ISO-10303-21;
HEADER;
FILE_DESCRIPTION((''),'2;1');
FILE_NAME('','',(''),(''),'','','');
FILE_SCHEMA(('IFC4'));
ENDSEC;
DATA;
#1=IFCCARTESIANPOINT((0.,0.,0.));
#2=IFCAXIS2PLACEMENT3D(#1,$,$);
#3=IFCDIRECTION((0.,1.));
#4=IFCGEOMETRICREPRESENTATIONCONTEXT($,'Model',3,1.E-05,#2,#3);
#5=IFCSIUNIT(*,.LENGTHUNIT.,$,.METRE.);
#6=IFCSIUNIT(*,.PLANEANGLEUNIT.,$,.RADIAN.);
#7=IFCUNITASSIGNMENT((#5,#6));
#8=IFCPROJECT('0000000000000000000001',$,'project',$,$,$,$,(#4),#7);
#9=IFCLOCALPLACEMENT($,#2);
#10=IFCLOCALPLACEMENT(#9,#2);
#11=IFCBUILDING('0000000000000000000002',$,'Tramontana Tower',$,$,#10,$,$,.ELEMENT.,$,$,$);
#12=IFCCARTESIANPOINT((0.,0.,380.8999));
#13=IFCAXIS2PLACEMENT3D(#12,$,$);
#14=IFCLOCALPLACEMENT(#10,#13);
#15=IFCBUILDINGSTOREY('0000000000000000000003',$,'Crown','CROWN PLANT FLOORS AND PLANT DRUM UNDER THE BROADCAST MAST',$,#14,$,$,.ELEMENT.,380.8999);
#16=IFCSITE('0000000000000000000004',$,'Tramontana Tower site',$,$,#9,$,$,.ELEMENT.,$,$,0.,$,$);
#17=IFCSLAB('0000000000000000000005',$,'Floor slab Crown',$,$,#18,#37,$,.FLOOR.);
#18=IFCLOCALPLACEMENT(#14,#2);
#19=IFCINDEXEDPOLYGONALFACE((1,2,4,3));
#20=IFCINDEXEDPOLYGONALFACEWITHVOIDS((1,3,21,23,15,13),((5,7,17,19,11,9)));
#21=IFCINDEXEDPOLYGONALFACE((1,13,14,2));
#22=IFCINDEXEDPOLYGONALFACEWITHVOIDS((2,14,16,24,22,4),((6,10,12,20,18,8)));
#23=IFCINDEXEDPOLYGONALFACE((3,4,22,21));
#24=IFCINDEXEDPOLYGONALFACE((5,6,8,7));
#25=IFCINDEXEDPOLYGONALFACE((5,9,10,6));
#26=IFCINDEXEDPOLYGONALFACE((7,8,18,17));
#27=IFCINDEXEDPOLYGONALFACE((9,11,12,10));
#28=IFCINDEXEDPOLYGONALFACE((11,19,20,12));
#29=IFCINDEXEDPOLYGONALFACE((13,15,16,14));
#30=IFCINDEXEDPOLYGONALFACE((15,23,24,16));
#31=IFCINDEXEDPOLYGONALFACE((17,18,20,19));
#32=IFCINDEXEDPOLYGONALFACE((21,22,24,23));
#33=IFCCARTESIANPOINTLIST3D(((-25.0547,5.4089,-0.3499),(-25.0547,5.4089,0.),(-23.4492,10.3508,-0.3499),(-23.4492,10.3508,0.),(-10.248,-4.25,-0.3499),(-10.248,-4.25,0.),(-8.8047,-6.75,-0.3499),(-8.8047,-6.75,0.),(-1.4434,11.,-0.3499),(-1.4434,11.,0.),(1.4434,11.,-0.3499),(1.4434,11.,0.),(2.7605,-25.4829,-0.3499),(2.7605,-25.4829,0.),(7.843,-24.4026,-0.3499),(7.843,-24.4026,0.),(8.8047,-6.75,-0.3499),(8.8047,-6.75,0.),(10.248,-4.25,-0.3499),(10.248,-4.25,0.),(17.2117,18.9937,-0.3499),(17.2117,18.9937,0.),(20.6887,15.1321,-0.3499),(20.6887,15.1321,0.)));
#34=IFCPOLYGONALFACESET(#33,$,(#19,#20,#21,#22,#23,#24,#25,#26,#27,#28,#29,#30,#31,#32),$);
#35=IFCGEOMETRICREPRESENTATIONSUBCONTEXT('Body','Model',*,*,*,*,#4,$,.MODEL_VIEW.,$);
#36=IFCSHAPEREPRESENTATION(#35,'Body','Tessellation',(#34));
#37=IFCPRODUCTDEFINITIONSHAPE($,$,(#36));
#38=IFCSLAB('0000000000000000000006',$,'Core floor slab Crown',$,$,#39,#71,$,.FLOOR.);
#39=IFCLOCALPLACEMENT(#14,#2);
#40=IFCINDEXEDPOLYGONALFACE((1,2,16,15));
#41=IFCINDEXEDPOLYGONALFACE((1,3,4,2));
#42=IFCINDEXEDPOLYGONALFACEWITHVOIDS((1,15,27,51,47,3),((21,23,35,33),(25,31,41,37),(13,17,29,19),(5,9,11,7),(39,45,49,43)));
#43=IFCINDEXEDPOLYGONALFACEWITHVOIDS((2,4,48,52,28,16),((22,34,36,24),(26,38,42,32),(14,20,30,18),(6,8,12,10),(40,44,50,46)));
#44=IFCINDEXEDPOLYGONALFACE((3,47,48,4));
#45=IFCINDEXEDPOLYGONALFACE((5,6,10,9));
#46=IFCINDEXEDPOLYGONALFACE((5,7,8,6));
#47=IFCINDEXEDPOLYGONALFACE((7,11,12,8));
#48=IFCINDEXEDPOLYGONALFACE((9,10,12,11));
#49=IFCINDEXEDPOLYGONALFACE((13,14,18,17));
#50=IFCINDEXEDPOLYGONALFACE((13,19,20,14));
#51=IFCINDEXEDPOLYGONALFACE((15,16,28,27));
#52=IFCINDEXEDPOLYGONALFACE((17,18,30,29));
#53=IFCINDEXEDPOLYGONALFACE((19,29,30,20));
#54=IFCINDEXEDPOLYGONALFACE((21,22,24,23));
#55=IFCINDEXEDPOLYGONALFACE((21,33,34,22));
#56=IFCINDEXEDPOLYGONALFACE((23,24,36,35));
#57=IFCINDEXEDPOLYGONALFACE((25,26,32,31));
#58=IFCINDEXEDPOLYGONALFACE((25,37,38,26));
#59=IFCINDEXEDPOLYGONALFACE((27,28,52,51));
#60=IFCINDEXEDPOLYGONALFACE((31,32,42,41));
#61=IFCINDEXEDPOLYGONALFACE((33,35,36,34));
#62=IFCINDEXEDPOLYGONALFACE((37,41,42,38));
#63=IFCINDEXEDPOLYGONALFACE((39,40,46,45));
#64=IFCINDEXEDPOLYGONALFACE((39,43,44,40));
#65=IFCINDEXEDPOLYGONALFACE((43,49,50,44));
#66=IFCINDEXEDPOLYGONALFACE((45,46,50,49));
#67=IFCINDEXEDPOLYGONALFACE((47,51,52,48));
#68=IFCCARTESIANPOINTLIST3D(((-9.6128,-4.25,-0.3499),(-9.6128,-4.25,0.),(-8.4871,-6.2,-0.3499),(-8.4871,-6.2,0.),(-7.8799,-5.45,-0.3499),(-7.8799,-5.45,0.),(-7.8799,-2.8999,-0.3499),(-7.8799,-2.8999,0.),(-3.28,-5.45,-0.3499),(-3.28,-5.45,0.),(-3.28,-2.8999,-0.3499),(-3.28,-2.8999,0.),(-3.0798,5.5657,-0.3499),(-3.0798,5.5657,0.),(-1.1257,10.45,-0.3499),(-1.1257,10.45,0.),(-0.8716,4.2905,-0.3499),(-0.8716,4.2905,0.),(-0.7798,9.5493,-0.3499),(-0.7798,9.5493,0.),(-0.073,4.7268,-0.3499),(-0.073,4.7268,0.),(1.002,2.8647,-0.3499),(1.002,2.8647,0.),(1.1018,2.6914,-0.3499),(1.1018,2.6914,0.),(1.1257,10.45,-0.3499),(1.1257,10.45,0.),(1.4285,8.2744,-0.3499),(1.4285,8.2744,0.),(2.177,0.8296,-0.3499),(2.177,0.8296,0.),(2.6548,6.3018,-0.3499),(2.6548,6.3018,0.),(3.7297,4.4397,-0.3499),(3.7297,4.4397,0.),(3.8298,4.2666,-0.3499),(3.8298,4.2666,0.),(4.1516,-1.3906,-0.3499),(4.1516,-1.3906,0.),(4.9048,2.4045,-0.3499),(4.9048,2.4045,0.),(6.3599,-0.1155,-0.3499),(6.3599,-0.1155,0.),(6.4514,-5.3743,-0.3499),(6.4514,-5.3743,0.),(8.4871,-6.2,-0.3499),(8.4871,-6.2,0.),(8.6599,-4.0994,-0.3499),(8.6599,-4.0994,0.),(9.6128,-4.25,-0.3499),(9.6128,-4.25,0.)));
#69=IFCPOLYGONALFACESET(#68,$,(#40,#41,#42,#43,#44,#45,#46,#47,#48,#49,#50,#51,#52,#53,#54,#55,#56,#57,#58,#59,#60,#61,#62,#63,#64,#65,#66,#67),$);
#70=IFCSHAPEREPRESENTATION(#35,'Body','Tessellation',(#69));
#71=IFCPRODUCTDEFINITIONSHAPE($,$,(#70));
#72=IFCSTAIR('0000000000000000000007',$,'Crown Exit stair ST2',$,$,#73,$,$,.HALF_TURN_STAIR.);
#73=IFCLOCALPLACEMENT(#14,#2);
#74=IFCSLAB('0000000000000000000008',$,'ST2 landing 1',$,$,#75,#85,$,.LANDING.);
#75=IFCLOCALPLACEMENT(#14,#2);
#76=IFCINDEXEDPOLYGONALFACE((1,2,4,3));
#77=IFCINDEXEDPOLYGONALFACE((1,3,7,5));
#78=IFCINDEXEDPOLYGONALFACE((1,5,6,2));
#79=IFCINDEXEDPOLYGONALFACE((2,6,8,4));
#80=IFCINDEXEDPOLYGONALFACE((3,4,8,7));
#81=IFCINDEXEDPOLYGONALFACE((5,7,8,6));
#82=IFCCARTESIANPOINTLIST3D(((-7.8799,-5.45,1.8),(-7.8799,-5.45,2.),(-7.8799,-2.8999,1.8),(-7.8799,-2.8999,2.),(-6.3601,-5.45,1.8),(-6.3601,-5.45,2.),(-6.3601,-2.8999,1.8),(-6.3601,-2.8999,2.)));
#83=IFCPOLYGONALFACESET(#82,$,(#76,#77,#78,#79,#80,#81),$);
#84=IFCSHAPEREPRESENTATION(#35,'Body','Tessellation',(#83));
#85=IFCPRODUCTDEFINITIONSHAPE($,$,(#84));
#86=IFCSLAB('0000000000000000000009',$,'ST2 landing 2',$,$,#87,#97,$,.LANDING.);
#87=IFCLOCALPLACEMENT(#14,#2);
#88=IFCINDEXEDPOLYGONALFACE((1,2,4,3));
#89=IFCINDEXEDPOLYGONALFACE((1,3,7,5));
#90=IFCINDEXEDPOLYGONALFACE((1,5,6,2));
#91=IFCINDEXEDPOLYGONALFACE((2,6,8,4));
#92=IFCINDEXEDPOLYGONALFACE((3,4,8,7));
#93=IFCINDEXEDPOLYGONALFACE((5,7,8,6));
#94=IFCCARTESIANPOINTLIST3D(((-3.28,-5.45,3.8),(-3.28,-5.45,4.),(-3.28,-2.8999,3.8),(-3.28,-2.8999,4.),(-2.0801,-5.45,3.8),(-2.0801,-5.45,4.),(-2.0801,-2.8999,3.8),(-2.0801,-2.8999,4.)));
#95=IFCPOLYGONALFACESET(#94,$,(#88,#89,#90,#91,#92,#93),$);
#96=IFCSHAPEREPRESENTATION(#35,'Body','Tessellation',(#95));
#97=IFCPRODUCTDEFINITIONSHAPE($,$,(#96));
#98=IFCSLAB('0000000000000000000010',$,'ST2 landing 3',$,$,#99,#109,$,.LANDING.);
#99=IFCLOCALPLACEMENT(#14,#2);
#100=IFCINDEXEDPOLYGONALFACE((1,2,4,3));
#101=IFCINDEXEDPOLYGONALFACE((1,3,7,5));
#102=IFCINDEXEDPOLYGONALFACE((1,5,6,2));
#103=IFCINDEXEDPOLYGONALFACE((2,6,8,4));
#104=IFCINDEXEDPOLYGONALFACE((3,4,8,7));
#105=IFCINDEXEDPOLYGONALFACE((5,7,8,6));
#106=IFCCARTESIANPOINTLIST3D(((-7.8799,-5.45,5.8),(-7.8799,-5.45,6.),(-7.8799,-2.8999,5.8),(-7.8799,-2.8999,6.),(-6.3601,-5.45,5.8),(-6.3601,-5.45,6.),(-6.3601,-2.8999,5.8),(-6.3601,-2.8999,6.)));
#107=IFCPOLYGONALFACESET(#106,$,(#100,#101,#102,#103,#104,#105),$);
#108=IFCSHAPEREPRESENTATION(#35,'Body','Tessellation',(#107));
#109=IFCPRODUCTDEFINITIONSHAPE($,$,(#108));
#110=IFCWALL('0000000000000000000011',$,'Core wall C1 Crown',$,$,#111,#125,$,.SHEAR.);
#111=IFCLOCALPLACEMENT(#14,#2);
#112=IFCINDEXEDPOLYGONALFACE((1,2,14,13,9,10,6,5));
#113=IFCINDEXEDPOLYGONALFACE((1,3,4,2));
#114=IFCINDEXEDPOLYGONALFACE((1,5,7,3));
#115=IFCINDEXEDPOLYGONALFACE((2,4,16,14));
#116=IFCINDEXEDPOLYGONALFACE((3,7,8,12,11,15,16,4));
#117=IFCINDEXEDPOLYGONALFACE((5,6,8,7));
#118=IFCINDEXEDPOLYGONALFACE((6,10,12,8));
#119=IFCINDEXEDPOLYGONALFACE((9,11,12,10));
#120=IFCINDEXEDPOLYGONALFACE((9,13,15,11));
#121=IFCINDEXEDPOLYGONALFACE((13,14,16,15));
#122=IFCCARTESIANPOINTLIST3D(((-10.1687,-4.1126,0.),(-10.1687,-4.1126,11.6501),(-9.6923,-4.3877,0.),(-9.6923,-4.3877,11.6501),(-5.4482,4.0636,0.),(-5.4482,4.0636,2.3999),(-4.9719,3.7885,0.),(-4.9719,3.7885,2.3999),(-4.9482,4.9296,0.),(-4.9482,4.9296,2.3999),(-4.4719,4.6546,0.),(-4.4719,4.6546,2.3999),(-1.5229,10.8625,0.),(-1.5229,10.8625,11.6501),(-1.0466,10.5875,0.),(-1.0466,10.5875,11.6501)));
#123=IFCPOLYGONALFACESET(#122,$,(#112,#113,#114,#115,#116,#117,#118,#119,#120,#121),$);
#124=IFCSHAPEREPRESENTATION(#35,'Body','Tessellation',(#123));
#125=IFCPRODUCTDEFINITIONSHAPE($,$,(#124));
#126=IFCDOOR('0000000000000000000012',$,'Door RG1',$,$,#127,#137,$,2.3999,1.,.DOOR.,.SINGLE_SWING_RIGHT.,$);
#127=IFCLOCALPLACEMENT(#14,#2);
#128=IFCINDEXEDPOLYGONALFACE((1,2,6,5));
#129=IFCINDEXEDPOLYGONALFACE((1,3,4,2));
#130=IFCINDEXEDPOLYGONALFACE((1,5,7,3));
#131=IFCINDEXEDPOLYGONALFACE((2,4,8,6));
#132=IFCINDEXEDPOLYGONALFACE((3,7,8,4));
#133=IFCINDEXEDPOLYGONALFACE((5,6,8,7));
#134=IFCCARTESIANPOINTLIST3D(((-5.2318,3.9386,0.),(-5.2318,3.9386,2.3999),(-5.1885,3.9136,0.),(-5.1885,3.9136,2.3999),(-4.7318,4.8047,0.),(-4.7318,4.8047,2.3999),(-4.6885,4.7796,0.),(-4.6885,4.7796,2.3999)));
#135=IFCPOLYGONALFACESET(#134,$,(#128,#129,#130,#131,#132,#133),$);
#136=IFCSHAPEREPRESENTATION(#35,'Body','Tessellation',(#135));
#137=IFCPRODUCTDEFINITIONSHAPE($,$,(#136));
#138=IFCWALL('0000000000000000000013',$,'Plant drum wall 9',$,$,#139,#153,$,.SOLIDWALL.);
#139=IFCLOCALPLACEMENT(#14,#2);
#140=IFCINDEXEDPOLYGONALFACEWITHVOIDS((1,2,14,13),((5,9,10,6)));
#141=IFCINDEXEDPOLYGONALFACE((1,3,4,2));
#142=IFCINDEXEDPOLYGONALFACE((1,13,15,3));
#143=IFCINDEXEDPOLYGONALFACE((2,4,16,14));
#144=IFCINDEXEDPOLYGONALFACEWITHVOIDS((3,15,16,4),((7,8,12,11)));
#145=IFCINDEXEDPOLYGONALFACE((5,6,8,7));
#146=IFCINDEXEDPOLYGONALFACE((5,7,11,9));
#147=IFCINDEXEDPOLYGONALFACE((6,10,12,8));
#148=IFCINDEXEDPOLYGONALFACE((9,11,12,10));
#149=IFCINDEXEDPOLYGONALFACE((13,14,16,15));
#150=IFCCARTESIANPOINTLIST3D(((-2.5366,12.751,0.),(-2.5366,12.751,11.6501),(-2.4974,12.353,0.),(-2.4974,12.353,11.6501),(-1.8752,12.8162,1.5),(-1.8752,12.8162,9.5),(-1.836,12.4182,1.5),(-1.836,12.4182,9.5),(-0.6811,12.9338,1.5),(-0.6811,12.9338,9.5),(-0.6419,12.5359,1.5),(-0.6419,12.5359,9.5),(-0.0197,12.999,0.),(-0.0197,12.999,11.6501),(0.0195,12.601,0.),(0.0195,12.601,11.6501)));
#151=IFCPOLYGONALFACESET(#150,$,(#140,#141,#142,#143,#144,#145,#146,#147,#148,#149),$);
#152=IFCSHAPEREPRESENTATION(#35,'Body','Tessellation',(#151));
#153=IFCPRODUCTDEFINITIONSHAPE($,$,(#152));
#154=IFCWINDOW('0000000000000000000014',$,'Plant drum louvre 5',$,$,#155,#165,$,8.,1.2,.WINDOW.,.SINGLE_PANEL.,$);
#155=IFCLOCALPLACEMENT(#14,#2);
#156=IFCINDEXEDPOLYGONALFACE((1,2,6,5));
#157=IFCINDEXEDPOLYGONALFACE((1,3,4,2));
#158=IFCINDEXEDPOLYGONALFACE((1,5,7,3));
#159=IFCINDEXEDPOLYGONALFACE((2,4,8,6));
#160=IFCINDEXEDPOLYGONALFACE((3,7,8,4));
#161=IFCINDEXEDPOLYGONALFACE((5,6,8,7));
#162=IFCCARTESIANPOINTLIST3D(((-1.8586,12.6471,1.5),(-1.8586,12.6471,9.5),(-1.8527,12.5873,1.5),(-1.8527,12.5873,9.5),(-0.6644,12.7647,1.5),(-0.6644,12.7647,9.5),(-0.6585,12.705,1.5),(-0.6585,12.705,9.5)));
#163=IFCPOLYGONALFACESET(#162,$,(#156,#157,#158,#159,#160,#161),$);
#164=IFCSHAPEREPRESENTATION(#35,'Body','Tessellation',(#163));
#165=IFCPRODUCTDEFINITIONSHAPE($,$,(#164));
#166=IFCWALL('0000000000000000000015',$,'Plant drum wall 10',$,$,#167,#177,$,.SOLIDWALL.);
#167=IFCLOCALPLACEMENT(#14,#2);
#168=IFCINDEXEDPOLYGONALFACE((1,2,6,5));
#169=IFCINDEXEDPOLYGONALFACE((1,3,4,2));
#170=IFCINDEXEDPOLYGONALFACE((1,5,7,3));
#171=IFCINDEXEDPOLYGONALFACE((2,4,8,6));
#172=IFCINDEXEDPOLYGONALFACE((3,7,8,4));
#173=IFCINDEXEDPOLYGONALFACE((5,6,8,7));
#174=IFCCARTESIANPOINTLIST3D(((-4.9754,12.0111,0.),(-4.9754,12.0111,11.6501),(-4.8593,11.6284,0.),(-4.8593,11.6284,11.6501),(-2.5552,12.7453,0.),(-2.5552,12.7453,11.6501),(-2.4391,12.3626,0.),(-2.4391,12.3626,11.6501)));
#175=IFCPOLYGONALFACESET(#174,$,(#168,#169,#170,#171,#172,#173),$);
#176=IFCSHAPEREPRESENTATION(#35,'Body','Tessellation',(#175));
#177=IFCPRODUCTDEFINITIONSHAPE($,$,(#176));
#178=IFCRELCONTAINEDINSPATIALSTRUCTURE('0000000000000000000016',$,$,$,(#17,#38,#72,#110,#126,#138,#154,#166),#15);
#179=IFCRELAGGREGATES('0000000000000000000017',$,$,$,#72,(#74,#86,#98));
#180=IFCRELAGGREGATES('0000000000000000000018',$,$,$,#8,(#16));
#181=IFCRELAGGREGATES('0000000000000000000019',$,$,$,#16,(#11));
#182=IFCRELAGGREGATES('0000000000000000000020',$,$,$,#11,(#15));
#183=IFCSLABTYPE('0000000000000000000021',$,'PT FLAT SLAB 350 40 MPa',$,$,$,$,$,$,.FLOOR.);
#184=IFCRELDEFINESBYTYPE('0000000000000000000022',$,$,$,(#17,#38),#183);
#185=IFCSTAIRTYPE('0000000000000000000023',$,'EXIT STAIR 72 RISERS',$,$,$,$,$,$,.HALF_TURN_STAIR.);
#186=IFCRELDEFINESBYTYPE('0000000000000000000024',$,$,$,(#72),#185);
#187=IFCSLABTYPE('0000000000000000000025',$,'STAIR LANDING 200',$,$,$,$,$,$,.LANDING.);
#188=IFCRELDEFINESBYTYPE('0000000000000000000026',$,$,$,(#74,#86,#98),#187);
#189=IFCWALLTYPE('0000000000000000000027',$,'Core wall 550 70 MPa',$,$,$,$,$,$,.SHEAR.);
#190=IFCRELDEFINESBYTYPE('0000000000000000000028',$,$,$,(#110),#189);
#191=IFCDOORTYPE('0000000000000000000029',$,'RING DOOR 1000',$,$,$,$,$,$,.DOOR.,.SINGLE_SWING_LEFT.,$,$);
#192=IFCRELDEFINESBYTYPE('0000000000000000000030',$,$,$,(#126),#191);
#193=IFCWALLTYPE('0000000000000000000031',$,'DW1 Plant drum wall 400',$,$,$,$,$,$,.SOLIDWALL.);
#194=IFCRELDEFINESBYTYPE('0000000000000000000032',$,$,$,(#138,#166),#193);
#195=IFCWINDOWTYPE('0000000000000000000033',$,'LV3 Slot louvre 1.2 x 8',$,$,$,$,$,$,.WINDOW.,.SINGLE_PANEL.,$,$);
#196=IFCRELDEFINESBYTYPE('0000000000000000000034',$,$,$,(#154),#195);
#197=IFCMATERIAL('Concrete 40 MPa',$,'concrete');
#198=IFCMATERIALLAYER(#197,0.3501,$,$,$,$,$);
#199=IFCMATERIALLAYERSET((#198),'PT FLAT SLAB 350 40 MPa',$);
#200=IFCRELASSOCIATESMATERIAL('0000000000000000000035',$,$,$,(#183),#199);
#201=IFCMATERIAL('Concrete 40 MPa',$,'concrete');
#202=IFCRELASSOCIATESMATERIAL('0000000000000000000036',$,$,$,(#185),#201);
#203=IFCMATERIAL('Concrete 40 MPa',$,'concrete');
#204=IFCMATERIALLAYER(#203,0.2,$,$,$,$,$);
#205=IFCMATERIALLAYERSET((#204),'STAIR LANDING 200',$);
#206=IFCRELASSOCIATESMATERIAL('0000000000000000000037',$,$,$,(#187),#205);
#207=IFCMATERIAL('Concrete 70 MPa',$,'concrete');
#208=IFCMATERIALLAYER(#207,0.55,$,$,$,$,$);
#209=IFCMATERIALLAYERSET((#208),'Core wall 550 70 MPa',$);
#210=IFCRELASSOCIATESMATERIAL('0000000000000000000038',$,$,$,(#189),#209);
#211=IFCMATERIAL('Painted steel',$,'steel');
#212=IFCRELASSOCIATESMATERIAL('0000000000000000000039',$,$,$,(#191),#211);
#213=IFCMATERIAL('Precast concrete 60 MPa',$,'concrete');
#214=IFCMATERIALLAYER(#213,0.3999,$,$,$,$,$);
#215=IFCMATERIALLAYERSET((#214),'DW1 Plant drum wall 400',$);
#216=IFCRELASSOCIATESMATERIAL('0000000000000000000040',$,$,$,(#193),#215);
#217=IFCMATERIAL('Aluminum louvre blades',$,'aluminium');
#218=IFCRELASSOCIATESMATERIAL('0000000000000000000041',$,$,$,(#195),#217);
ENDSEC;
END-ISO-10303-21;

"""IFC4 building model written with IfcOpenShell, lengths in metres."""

from ifc_helpers import new_model, si_unit, direction, frame, frame_2d, origin, place, context, subcontext, project, spatial, polyline, rectangle, outline, extrude, material, layer, layer_set, type_object, element, fill, aggregate, save


model = new_model("IFC4")

# Units and contexts
model_context = context("Model", 3, precision=1e-05, world=origin(), true_north=direction((0.0, 1.0)))
body_context = subcontext(model_context, "Body", "Model", "MODEL_VIEW")
ifc_project = project(units=[si_unit("LENGTHUNIT", "METRE"), si_unit("PLANEANGLEUNIT", "RADIAN")], contexts=[model_context])

# Site, building, storey
site_placement = place(None, origin())
site = spatial("IfcSite", under=ifc_project, at=site_placement, Name="Tramontana Tower site", CompositionType="ELEMENT", RefElevation=0.0)
building_placement = place(site_placement, origin())
building = spatial("IfcBuilding", under=site, at=building_placement, Name="Tramontana Tower", CompositionType="ELEMENT")
storey_placement = place(building_placement, frame((0.0, 0.0, 380.8999)))
storey = spatial("IfcBuildingStorey", under=building, at=storey_placement, Name="Crown", Description="CROWN PLANT FLOORS AND PLANT DRUM UNDER THE BROADCAST MAST", CompositionType="ELEMENT", Elevation=380.8999)

# Slabs
ifc_material_1 = material(Name="Concrete 40 MPa", Category="concrete")
ifc_layer_1 = layer(ifc_material_1, 0.3501)
ifc_layer_set_1 = layer_set([ifc_layer_1], Name="PT FLAT SLAB 350 40 MPa")
slab_type_1 = type_object("IfcSlabType", Name="PT FLAT SLAB 350 40 MPa", PredefinedType="FLOOR", material=ifc_layer_set_1)
slab_1_placement = place(storey_placement, frame((0.0, 0.0, -0.3499)))
element("IfcSlab", 1, at=slab_1_placement, inside=storey, type_object=slab_type_1, Name="Floor slab Crown", PredefinedType="FLOOR", context=body_context, shape_type="SweptSolid", body=[
    extrude(outline(polyline([(20.6887, 15.1321), (7.843, -24.4026), (2.7605, -25.4829), (-25.0547, 5.4089), (-23.4492, 10.3508), (17.2117, 18.9937), (20.6887, 15.1321)]), holes=[polyline([(-10.248, -4.25), (-8.8047, -6.75), (8.8047, -6.75), (10.248, -4.25), (1.4434, 11.0), (-1.4434, 11.0), (-10.248, -4.25)])]), origin(), (0.0, 0.0, 1.0), 0.3499),
])
slab_2_placement = place(storey_placement, frame((0.0, 0.0, -0.3499)))
element("IfcSlab", 2, at=slab_2_placement, inside=storey, type_object=slab_type_1, Name="Core floor slab Crown", PredefinedType="FLOOR", context=body_context, shape_type="SweptSolid", body=[
    extrude(outline(polyline([(9.6128, -4.25), (8.4871, -6.2), (-8.4871, -6.2), (-9.6128, -4.25), (-1.1257, 10.45), (1.1257, 10.45), (9.6128, -4.25)]), holes=[polyline([(6.3599, -0.1155), (4.1516, -1.3906), (6.4514, -5.3743), (8.6599, -4.0994), (6.3599, -0.1155)]), polyline([(1.1018, 2.6914), (2.177, 0.8296), (4.9048, 2.4045), (3.8298, 4.2666), (1.1018, 2.6914)]), polyline([(2.6548, 6.3018), (-0.073, 4.7268), (1.002, 2.8647), (3.7297, 4.4397), (2.6548, 6.3018)]), polyline([(-0.7798, 9.5493), (-3.0798, 5.5657), (-0.8716, 4.2905), (1.4285, 8.2744), (-0.7798, 9.5493)]), polyline([(-3.28, -5.45), (-3.28, -2.8999), (-7.8799, -2.8999), (-7.8799, -5.45), (-3.28, -5.45)])]), origin(), (0.0, 0.0, 1.0), 0.3499),
])

# Stair, slabs
ifc_material_2 = material(Name="Concrete 40 MPa", Category="concrete")
stair_type = type_object("IfcStairType", Name="EXIT STAIR 72 RISERS", PredefinedType="HALF_TURN_STAIR", material=ifc_material_2)
stair_placement = place(storey_placement, origin())
stair = element("IfcStair", 3, at=stair_placement, inside=storey, type_object=stair_type, Name="Crown Exit stair ST2", PredefinedType="HALF_TURN_STAIR")
ifc_material_3 = material(Name="Concrete 40 MPa", Category="concrete")
ifc_layer_2 = layer(ifc_material_3, 0.2)
ifc_layer_set_2 = layer_set([ifc_layer_2], Name="STAIR LANDING 200")
slab_type_2 = type_object("IfcSlabType", Name="STAIR LANDING 200", PredefinedType="LANDING", material=ifc_layer_set_2)
slab_3_placement = place(storey_placement, frame((0.0, 0.0, 1.8)))
slab_3 = element("IfcSlab", 4, at=slab_3_placement, type_object=slab_type_2, Name="ST2 landing 1", PredefinedType="LANDING", context=body_context, shape_type="SweptSolid", body=[
    extrude(outline(polyline([(-6.3601, -2.8999), (-7.8799, -2.8999), (-7.8799, -5.45), (-6.3601, -5.45), (-6.3601, -2.8999)])), origin(), (0.0, 0.0, 1.0), 0.2),
])
slab_4_placement = place(storey_placement, frame((0.0, 0.0, 3.8)))
slab_4 = element("IfcSlab", 5, at=slab_4_placement, type_object=slab_type_2, Name="ST2 landing 2", PredefinedType="LANDING", context=body_context, shape_type="SweptSolid", body=[
    extrude(outline(polyline([(-2.0801, -2.8999), (-3.28, -2.8999), (-3.28, -5.45), (-2.0801, -5.45), (-2.0801, -2.8999)])), origin(), (0.0, 0.0, 1.0), 0.2),
])
slab_5_placement = place(storey_placement, frame((0.0, 0.0, 5.8)))
slab_5 = element("IfcSlab", 6, at=slab_5_placement, type_object=slab_type_2, Name="ST2 landing 3", PredefinedType="LANDING", context=body_context, shape_type="SweptSolid", body=[
    extrude(outline(polyline([(-6.3601, -2.8999), (-7.8799, -2.8999), (-7.8799, -5.45), (-6.3601, -5.45), (-6.3601, -2.8999)])), origin(), (0.0, 0.0, 1.0), 0.2),
])
aggregate(stair, [slab_3, slab_4, slab_5])

# Wall, opening, door
ifc_material_4 = material(Name="Concrete 70 MPa", Category="concrete")
ifc_layer_3 = layer(ifc_material_4, 0.55)
ifc_layer_set_3 = layer_set([ifc_layer_3], Name="Core wall 550 70 MPa")
wall_type_1 = type_object("IfcWallType", Name="Core wall 550 70 MPa", PredefinedType="SHEAR", material=ifc_layer_set_3)
wall_1_placement = place(storey_placement, frame((-1.2847, 10.7251, 0.0), z_axis=(0.0, 0.0, 1.0), x_axis=(-0.499995, -0.866029, 0.0)))
wall_1 = element("IfcWall", 7, at=wall_1_placement, inside=storey, type_object=wall_type_1, Name="Core wall C1 Crown", PredefinedType="SHEAR", context=body_context, shape_type="SweptSolid", body=[
    extrude(rectangle(XDim=17.2917, YDim=0.55, at=frame_2d((8.646, 0.0))), origin(), (0.0, 0.0, 1.0), 11.6501),
])
opening_1_placement = place(wall_1_placement, frame((6.8508, 0.0, 0.0)))
opening_1 = element("IfcOpeningElement", 8, at=opening_1_placement, cuts=wall_1, PredefinedType="OPENING", context=body_context, shape_type="SweptSolid", body=[
    extrude(rectangle(XDim=1.0, YDim=2.3999, at=frame_2d((0.5, 1.2))), frame((0.0, 0.2849, 0.0), z_axis=(0.0, -1.0, 0.0), x_axis=(1.0, 0.0, 0.0)), (0.0, 0.0, 1.0), 0.5701),
])
ifc_material_5 = material(Name="Painted steel", Category="steel")
door_type_1 = type_object("IfcDoorType", Name="RING DOOR 1000", OperationType="SINGLE_SWING_LEFT", PredefinedType="DOOR", material=ifc_material_5)
door_1_placement = place(opening_1_placement, origin())
door_1 = element("IfcDoor", 9, at=door_1_placement, inside=storey, type_object=door_type_1, Name="Door RG1", OperationType="SINGLE_SWING_RIGHT", OverallHeight=2.3999, OverallWidth=1.0, PredefinedType="DOOR", context=body_context, shape_type="SweptSolid", body=[
    extrude(rectangle(XDim=1.0, YDim=2.3999, at=frame_2d((0.5, 1.2))), frame((0.0, 0.0249, 0.0), z_axis=(0.0, -1.0, 0.0), x_axis=(1.0, 0.0, 0.0)), (0.0, 0.0, 1.0), 0.05),
])
fill(opening_1, door_1)

# Wall, opening, window
ifc_material_6 = material(Name="Precast concrete 60 MPa", Category="concrete")
ifc_layer_4 = layer(ifc_material_6, 0.3999)
ifc_layer_set_4 = layer_set([ifc_layer_4], Name="DW1 Plant drum wall 400")
wall_type_2 = type_object("IfcWallType", Name="DW1 Plant drum wall 400", PredefinedType="SOLIDWALL", material=ifc_layer_set_4)
wall_2_placement = place(storey_placement, frame((0.0, 12.8, 0.0), z_axis=(0.0, 0.0, 1.0), x_axis=(-0.995179, -0.098079, 0.0)))
wall_2 = element("IfcWall", 10, at=wall_2_placement, inside=storey, type_object=wall_type_2, Name="Plant drum wall 9", PredefinedType="SOLIDWALL", context=body_context, shape_type="SweptSolid", body=[
    extrude(rectangle(XDim=2.5291, YDim=0.3999, at=frame_2d((1.2646, 0.0))), origin(), (0.0, 0.0, 1.0), 11.6501),
])
opening_2_placement = place(wall_2_placement, frame((0.6646, 0.0, 1.5)))
opening_2 = element("IfcOpeningElement", 11, at=opening_2_placement, cuts=wall_2, PredefinedType="OPENING", context=body_context, shape_type="SweptSolid", body=[
    extrude(rectangle(XDim=1.2, YDim=8.0, at=frame_2d((0.6001, 4.0))), frame((0.0, 0.21, 0.0), z_axis=(0.0, -1.0, 0.0), x_axis=(1.0, 0.0, 0.0)), (0.0, 0.0, 1.0), 0.4199),
])
ifc_material_7 = material(Name="Aluminum louvre blades", Category="aluminium")
window_type = type_object("IfcWindowType", Name="LV3 Slot louvre 1.2 x 8", PartitioningType="SINGLE_PANEL", PredefinedType="WINDOW", material=ifc_material_7)
window_1_placement = place(opening_2_placement, origin())
window_1 = element("IfcWindow", 12, at=window_1_placement, inside=storey, type_object=window_type, Name="Plant drum louvre 5", OverallHeight=8.0, OverallWidth=1.2, PartitioningType="SINGLE_PANEL", PredefinedType="WINDOW", context=body_context, shape_type="SweptSolid", body=[
    extrude(rectangle(XDim=1.2, YDim=8.0, at=frame_2d((0.6001, 4.0))), frame((0.0, 0.03, 0.0), z_axis=(0.0, -1.0, 0.0), x_axis=(1.0, 0.0, 0.0)), (0.0, 0.0, 1.0), 0.0601),
])
fill(opening_2, window_1)

# Wall
wall_3_placement = place(storey_placement, frame((-2.4971, 12.554, 0.0), z_axis=(0.0, 0.0, 1.0), x_axis=(-0.956942, -0.290278, 0.0)))
element("IfcWall", 13, at=wall_3_placement, inside=storey, type_object=wall_type_2, Name="Plant drum wall 10", PredefinedType="SOLIDWALL", context=body_context, shape_type="SweptSolid", body=[
    extrude(rectangle(XDim=2.5291, YDim=0.3999, at=frame_2d((1.2646, 0.0))), origin(), (0.0, 0.0, 1.0), 11.6501),
])

save(model, "model.ifc")
